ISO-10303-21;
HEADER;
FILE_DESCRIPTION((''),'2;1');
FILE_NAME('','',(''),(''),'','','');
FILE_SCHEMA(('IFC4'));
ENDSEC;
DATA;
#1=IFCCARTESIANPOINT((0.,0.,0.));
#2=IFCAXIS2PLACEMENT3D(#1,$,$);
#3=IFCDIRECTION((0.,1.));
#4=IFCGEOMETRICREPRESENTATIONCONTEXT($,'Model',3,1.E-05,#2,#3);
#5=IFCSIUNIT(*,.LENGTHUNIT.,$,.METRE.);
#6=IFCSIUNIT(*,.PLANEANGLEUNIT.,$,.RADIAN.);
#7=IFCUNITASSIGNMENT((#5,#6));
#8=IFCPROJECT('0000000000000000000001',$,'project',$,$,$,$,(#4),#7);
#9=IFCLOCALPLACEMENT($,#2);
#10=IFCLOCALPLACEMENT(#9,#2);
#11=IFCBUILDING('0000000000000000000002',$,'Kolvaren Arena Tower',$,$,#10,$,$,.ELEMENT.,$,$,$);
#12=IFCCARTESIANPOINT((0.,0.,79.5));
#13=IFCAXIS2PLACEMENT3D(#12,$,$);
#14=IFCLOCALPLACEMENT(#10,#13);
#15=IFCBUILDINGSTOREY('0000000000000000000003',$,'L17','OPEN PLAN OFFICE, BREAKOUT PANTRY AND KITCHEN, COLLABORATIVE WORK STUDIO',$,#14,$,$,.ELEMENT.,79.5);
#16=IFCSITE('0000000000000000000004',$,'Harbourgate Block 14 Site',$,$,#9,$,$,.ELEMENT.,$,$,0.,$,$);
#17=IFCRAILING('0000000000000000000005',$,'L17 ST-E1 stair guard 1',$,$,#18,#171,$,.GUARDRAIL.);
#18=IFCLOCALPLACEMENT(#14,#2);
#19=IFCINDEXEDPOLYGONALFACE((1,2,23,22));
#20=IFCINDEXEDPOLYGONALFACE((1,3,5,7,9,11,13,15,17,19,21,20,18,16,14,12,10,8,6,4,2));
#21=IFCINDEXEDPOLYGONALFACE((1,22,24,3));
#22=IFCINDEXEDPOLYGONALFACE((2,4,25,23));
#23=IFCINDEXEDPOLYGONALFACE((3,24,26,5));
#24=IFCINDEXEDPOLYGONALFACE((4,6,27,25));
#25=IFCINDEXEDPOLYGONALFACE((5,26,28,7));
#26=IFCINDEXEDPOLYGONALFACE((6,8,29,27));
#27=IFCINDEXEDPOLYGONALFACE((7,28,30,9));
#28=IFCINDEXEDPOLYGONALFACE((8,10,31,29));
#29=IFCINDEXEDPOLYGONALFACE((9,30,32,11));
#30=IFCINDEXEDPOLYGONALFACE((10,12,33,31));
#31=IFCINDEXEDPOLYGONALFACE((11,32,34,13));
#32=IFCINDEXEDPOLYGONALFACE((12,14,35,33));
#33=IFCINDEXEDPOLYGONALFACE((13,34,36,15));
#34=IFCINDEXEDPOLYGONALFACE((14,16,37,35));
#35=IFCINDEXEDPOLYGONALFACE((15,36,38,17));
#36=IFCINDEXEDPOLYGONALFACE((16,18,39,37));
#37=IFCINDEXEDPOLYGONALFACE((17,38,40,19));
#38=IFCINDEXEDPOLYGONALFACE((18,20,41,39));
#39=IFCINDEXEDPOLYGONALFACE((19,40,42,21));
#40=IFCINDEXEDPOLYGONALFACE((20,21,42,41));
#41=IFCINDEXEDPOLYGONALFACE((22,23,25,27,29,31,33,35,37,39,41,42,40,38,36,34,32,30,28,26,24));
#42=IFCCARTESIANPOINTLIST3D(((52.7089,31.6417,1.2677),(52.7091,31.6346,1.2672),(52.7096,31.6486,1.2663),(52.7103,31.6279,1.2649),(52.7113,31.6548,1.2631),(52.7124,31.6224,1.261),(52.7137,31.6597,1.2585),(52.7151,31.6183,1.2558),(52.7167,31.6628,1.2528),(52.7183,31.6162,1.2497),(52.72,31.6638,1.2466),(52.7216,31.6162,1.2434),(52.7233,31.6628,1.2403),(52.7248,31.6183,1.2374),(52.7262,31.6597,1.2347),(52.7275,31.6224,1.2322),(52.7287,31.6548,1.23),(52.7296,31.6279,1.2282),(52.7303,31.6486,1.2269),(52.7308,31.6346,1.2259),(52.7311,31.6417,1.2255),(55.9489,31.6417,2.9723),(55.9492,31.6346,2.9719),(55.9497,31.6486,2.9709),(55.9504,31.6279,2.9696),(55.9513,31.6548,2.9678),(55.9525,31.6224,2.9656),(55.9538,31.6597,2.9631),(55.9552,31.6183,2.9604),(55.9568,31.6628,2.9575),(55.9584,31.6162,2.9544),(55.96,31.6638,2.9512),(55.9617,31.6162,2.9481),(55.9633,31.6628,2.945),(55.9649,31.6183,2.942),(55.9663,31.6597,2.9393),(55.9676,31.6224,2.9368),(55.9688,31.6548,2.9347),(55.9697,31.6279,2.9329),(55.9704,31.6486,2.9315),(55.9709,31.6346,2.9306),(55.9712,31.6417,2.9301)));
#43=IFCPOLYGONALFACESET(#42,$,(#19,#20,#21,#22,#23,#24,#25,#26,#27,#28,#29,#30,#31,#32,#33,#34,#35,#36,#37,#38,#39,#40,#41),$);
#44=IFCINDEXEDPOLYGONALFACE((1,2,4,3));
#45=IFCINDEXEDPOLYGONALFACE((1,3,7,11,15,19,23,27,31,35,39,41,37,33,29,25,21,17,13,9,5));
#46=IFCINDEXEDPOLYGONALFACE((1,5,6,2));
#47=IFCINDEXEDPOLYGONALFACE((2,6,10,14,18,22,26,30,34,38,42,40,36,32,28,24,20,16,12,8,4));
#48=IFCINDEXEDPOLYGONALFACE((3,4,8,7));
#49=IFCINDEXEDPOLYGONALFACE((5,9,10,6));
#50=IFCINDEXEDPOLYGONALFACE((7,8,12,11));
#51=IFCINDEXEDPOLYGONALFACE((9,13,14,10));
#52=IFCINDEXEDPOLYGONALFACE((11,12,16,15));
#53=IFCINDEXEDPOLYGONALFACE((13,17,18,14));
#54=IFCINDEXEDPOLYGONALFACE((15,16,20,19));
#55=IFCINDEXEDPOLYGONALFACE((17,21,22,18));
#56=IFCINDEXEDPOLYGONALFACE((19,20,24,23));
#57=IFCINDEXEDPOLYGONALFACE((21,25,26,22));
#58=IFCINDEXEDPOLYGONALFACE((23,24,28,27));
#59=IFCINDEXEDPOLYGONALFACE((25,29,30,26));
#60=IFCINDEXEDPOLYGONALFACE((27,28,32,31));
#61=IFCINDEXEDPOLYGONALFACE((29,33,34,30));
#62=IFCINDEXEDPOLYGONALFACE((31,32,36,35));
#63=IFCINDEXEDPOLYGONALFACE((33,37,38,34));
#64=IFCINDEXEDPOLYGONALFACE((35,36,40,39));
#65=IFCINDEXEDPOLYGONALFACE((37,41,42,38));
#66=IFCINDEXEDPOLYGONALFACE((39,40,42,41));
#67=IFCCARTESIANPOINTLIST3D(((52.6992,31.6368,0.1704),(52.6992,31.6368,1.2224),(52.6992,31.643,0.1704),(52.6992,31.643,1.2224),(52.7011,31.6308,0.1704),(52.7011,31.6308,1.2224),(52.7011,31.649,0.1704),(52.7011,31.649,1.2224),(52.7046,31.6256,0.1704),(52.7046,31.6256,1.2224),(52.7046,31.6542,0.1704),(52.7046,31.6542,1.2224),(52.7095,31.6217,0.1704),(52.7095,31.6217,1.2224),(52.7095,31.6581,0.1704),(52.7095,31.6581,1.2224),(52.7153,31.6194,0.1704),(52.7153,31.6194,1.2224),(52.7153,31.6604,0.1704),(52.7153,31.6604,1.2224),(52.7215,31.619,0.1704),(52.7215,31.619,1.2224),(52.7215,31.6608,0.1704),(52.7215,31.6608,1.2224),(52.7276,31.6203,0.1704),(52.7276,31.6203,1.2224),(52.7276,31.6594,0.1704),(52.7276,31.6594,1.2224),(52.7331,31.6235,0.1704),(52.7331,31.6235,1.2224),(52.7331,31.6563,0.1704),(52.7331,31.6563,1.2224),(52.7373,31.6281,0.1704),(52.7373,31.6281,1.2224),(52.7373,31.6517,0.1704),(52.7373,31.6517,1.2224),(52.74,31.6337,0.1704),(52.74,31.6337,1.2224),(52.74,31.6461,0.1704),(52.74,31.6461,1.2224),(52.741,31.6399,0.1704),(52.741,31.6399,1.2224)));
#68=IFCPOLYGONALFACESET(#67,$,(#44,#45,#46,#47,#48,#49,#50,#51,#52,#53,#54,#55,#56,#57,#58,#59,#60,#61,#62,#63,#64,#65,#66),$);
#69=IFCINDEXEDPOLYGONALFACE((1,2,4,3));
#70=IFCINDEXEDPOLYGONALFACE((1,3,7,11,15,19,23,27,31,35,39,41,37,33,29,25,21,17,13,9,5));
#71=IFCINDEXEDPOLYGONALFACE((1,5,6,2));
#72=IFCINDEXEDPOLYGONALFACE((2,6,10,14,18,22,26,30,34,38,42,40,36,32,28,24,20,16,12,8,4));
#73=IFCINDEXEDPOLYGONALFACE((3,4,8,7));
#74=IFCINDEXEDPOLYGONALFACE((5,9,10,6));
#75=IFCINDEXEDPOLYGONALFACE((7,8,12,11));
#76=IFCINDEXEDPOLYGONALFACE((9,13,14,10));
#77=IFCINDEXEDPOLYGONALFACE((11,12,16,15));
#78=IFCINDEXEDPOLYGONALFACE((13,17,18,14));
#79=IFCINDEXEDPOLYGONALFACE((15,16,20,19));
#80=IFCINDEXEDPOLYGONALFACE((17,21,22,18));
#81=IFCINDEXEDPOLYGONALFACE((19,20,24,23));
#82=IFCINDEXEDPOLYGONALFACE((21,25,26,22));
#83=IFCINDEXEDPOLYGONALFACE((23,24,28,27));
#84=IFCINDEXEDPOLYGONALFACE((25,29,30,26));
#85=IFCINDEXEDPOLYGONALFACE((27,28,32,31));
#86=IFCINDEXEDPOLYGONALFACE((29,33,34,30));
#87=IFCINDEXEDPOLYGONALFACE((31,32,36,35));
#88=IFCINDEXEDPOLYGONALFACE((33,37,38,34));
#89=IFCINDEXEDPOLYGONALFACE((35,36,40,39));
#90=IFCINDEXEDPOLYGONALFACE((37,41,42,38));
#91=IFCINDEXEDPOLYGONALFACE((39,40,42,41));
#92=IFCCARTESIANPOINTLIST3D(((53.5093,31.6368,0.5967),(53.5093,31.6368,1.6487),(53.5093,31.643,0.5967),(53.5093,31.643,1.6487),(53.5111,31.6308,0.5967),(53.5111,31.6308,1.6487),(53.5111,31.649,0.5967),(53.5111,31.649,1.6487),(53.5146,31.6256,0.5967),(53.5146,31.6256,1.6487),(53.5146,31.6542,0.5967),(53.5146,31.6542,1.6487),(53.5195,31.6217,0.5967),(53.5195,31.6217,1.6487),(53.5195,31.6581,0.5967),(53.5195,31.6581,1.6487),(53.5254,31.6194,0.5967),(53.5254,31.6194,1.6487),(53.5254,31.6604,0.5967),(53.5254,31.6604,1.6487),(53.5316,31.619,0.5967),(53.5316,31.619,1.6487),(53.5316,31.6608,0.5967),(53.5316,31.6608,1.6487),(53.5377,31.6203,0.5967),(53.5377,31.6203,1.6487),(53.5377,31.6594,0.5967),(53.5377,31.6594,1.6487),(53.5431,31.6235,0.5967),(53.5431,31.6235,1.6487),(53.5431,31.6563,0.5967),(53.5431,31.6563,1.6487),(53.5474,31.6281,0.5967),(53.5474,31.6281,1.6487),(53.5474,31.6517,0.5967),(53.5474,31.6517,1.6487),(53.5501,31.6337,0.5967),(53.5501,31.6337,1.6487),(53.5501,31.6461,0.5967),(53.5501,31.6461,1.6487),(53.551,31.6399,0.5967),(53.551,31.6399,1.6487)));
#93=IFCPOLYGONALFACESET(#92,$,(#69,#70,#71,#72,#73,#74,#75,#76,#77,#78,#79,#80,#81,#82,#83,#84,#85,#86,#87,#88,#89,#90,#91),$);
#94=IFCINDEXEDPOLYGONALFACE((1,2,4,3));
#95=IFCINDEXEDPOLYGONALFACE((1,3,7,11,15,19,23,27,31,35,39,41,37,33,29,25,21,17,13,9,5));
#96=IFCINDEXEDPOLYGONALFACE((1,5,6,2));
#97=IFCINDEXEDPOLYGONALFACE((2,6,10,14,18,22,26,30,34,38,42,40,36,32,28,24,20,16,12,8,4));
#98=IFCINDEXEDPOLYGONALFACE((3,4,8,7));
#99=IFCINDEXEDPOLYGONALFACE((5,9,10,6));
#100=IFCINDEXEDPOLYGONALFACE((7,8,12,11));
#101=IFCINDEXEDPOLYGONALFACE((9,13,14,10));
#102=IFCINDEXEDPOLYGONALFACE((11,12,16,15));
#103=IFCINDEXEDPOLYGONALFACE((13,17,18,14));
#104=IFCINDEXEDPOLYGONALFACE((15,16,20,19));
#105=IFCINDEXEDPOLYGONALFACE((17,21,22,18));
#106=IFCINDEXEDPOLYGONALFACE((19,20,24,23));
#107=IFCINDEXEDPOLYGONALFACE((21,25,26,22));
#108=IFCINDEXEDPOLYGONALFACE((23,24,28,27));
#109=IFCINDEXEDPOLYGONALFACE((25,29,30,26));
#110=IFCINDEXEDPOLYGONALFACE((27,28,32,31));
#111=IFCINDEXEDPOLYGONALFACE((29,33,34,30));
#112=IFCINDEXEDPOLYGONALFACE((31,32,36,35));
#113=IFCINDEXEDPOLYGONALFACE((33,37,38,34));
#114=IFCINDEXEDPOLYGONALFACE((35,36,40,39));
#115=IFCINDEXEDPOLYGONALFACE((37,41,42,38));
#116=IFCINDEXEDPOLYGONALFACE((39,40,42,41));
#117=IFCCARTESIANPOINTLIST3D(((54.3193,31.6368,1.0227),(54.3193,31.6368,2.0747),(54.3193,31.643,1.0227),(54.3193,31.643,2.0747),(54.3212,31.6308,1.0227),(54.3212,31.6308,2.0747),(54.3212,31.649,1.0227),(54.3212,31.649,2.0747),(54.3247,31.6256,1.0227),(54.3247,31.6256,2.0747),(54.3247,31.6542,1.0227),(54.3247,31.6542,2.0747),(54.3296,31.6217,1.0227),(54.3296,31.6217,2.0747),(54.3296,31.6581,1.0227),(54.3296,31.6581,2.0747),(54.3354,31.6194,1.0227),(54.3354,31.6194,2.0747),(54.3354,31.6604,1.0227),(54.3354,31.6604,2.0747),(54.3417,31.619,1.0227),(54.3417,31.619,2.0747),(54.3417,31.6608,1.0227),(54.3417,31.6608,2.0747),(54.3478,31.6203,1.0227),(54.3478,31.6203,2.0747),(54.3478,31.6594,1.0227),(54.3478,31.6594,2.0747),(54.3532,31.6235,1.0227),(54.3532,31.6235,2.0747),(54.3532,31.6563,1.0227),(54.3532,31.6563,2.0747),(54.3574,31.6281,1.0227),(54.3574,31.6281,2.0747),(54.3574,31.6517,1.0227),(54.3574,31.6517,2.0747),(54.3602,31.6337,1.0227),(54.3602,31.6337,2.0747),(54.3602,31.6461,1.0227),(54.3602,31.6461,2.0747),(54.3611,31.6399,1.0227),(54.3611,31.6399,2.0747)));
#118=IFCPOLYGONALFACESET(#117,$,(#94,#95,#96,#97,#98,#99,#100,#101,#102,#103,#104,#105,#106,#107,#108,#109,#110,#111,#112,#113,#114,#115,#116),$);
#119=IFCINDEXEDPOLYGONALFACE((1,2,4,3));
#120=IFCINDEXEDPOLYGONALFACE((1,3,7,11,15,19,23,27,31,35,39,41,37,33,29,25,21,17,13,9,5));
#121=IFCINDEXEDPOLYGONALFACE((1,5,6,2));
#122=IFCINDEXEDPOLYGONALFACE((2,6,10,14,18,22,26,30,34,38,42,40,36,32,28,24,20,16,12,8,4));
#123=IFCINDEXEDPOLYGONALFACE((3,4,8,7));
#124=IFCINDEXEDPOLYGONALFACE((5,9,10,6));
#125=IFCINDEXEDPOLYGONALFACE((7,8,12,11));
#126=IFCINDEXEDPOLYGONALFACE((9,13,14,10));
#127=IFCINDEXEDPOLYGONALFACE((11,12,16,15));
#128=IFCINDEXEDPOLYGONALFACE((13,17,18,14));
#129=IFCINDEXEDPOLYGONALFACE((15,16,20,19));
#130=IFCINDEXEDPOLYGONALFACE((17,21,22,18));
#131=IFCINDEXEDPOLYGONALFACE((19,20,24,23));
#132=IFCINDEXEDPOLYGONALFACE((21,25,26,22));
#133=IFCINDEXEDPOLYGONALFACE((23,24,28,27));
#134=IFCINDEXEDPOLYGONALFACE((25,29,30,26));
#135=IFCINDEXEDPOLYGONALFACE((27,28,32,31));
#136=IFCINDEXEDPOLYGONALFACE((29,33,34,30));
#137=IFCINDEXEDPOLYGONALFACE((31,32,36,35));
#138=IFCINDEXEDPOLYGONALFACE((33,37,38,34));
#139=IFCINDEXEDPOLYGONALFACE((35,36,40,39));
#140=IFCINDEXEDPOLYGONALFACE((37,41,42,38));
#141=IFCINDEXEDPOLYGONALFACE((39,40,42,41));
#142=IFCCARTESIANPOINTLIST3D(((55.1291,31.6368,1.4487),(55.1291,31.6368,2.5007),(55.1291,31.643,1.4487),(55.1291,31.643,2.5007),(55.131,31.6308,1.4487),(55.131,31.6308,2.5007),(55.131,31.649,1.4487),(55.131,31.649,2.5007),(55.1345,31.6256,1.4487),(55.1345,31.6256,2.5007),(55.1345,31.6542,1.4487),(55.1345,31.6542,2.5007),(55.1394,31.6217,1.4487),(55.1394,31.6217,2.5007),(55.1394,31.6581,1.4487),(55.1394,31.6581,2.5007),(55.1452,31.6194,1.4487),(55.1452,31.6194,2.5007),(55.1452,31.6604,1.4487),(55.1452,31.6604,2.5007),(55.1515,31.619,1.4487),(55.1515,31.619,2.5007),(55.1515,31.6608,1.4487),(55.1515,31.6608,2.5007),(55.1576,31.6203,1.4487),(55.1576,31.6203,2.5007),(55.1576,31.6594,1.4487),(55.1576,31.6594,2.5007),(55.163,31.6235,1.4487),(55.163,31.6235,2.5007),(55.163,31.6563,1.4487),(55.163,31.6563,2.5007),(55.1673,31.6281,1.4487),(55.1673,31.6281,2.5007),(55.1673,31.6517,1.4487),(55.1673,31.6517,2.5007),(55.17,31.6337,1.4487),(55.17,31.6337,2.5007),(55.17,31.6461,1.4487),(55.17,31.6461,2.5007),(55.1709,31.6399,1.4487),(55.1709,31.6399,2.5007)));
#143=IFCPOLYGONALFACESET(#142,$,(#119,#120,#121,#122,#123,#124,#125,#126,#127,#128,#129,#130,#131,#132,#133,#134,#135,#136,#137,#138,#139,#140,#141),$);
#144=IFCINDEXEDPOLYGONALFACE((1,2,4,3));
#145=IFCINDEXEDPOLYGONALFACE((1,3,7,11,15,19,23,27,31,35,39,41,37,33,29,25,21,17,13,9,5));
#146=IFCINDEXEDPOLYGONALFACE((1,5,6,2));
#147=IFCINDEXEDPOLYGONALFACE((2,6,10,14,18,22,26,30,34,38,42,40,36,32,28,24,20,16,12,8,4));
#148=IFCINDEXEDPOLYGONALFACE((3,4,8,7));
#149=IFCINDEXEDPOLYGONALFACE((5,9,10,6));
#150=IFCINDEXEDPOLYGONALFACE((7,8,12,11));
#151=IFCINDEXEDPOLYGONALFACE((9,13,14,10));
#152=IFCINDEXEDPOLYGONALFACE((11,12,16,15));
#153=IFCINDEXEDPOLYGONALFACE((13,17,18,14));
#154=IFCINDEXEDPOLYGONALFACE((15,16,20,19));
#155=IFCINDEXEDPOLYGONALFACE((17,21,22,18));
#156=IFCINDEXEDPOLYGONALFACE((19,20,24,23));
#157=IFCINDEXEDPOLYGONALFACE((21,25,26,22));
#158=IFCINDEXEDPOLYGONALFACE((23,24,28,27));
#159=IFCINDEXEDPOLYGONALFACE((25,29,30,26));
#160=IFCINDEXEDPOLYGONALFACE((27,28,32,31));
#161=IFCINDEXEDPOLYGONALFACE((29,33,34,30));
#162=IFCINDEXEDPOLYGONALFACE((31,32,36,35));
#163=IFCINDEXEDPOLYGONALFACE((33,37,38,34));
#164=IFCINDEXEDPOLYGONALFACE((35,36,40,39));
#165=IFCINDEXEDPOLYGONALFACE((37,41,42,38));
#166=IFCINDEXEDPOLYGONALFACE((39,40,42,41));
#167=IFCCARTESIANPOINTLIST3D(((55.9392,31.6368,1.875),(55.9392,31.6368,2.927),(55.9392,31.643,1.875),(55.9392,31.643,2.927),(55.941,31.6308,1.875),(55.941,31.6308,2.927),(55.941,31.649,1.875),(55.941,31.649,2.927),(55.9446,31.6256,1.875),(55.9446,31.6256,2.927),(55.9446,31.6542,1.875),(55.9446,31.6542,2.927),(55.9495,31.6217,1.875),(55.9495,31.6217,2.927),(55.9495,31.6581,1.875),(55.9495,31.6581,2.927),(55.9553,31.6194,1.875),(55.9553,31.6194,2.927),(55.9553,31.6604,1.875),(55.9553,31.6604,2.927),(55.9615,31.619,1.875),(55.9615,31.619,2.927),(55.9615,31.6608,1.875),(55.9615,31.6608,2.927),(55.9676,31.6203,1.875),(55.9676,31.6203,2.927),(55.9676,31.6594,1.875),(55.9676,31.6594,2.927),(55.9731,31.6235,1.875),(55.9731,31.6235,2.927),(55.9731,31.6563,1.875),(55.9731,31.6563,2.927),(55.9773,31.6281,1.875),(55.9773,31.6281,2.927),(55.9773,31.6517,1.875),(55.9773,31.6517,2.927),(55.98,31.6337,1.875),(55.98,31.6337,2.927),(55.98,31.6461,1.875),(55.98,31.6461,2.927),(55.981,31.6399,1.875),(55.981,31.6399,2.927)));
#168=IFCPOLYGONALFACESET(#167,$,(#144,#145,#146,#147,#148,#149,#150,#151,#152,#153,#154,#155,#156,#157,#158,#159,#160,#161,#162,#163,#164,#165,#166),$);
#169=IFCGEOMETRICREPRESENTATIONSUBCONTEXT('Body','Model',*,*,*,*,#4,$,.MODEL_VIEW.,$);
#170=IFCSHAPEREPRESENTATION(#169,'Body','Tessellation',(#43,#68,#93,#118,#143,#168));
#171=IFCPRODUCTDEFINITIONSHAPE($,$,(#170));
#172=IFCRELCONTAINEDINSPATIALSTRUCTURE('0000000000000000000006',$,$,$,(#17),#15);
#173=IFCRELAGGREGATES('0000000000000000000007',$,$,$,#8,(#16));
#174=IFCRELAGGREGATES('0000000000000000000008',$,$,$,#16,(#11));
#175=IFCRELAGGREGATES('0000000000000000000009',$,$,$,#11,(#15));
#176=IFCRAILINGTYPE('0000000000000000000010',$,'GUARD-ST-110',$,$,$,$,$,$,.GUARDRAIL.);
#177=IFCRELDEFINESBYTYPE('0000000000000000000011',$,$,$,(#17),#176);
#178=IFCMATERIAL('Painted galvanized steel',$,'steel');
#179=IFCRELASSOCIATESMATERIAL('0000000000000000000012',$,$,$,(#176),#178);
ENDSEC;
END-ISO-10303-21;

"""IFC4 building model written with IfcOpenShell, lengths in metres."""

from ifc_helpers import new_model, si_unit, direction, frame, origin, origin_2d, place, context, subcontext, project, spatial, circle, extrude, material, type_object, element, save


model = new_model("IFC4")

# Units and contexts
model_context = context("Model", 3, precision=1e-05, world=origin(), true_north=direction((0.0, 1.0)))
body_context = subcontext(model_context, "Body", "Model", "MODEL_VIEW")
ifc_project = project(units=[si_unit("LENGTHUNIT", "METRE"), si_unit("PLANEANGLEUNIT", "RADIAN")], contexts=[model_context])

# Site, building, storey
site_placement = place(None, origin())
site = spatial("IfcSite", under=ifc_project, at=site_placement, Name="Harbourgate Block 14 Site", CompositionType="ELEMENT", RefElevation=0.0)
building_placement = place(site_placement, origin())
building = spatial("IfcBuilding", under=site, at=building_placement, Name="Kolvaren Arena Tower", CompositionType="ELEMENT")
storey_placement = place(building_placement, frame((0.0, 0.0, 79.5)))
storey = spatial("IfcBuildingStorey", under=building, at=storey_placement, Name="L17", Description="OPEN PLAN OFFICE, BREAKOUT PANTRY AND KITCHEN, COLLABORATIVE WORK STUDIO", CompositionType="ELEMENT", Elevation=79.5)

# Railing
ifc_material_1 = material(Name="Painted galvanized steel", Category="steel")
railing_type_1 = type_object("IfcRailingType", Name="GUARD-ST-110", PredefinedType="GUARDRAIL", material=ifc_material_1)
railing_1_placement = place(storey_placement, frame((52.72, 31.6399, 0.1704)))
element("IfcRailing", 1, at=railing_1_placement, inside=storey, type_object=railing_type_1, Name="L17 ST-E1 stair guard 1", PredefinedType="GUARDRAIL", context=body_context, shape_type="SweptSolid", body=[
    extrude(circle(Radius=0.0239, at=origin_2d()), frame((0.0, 0.0, 1.0762), z_axis=(0.884993, 0.0, 0.465604), x_axis=(0.0, 1.0, 0.0)), (0.0, 0.0, 1.0), 3.6611),
    extrude(circle(Radius=0.021, at=origin_2d()), origin(), (0.0, 0.0, 1.0), 1.052),
    extrude(circle(Radius=0.021, at=origin_2d()), frame((0.8101, 0.0, 0.4263)), (0.0, 0.0, 1.0), 1.052),
    extrude(circle(Radius=0.021, at=origin_2d()), frame((1.6201, 0.0, 0.8523)), (0.0, 0.0, 1.0), 1.052),
    extrude(circle(Radius=0.021, at=origin_2d()), frame((2.4299, 0.0, 1.2783)), (0.0, 0.0, 1.0), 1.052),
    extrude(circle(Radius=0.021, at=origin_2d()), frame((3.24, 0.0, 1.7046)), (0.0, 0.0, 1.0), 1.052),
])

save(model, "model.ifc")
